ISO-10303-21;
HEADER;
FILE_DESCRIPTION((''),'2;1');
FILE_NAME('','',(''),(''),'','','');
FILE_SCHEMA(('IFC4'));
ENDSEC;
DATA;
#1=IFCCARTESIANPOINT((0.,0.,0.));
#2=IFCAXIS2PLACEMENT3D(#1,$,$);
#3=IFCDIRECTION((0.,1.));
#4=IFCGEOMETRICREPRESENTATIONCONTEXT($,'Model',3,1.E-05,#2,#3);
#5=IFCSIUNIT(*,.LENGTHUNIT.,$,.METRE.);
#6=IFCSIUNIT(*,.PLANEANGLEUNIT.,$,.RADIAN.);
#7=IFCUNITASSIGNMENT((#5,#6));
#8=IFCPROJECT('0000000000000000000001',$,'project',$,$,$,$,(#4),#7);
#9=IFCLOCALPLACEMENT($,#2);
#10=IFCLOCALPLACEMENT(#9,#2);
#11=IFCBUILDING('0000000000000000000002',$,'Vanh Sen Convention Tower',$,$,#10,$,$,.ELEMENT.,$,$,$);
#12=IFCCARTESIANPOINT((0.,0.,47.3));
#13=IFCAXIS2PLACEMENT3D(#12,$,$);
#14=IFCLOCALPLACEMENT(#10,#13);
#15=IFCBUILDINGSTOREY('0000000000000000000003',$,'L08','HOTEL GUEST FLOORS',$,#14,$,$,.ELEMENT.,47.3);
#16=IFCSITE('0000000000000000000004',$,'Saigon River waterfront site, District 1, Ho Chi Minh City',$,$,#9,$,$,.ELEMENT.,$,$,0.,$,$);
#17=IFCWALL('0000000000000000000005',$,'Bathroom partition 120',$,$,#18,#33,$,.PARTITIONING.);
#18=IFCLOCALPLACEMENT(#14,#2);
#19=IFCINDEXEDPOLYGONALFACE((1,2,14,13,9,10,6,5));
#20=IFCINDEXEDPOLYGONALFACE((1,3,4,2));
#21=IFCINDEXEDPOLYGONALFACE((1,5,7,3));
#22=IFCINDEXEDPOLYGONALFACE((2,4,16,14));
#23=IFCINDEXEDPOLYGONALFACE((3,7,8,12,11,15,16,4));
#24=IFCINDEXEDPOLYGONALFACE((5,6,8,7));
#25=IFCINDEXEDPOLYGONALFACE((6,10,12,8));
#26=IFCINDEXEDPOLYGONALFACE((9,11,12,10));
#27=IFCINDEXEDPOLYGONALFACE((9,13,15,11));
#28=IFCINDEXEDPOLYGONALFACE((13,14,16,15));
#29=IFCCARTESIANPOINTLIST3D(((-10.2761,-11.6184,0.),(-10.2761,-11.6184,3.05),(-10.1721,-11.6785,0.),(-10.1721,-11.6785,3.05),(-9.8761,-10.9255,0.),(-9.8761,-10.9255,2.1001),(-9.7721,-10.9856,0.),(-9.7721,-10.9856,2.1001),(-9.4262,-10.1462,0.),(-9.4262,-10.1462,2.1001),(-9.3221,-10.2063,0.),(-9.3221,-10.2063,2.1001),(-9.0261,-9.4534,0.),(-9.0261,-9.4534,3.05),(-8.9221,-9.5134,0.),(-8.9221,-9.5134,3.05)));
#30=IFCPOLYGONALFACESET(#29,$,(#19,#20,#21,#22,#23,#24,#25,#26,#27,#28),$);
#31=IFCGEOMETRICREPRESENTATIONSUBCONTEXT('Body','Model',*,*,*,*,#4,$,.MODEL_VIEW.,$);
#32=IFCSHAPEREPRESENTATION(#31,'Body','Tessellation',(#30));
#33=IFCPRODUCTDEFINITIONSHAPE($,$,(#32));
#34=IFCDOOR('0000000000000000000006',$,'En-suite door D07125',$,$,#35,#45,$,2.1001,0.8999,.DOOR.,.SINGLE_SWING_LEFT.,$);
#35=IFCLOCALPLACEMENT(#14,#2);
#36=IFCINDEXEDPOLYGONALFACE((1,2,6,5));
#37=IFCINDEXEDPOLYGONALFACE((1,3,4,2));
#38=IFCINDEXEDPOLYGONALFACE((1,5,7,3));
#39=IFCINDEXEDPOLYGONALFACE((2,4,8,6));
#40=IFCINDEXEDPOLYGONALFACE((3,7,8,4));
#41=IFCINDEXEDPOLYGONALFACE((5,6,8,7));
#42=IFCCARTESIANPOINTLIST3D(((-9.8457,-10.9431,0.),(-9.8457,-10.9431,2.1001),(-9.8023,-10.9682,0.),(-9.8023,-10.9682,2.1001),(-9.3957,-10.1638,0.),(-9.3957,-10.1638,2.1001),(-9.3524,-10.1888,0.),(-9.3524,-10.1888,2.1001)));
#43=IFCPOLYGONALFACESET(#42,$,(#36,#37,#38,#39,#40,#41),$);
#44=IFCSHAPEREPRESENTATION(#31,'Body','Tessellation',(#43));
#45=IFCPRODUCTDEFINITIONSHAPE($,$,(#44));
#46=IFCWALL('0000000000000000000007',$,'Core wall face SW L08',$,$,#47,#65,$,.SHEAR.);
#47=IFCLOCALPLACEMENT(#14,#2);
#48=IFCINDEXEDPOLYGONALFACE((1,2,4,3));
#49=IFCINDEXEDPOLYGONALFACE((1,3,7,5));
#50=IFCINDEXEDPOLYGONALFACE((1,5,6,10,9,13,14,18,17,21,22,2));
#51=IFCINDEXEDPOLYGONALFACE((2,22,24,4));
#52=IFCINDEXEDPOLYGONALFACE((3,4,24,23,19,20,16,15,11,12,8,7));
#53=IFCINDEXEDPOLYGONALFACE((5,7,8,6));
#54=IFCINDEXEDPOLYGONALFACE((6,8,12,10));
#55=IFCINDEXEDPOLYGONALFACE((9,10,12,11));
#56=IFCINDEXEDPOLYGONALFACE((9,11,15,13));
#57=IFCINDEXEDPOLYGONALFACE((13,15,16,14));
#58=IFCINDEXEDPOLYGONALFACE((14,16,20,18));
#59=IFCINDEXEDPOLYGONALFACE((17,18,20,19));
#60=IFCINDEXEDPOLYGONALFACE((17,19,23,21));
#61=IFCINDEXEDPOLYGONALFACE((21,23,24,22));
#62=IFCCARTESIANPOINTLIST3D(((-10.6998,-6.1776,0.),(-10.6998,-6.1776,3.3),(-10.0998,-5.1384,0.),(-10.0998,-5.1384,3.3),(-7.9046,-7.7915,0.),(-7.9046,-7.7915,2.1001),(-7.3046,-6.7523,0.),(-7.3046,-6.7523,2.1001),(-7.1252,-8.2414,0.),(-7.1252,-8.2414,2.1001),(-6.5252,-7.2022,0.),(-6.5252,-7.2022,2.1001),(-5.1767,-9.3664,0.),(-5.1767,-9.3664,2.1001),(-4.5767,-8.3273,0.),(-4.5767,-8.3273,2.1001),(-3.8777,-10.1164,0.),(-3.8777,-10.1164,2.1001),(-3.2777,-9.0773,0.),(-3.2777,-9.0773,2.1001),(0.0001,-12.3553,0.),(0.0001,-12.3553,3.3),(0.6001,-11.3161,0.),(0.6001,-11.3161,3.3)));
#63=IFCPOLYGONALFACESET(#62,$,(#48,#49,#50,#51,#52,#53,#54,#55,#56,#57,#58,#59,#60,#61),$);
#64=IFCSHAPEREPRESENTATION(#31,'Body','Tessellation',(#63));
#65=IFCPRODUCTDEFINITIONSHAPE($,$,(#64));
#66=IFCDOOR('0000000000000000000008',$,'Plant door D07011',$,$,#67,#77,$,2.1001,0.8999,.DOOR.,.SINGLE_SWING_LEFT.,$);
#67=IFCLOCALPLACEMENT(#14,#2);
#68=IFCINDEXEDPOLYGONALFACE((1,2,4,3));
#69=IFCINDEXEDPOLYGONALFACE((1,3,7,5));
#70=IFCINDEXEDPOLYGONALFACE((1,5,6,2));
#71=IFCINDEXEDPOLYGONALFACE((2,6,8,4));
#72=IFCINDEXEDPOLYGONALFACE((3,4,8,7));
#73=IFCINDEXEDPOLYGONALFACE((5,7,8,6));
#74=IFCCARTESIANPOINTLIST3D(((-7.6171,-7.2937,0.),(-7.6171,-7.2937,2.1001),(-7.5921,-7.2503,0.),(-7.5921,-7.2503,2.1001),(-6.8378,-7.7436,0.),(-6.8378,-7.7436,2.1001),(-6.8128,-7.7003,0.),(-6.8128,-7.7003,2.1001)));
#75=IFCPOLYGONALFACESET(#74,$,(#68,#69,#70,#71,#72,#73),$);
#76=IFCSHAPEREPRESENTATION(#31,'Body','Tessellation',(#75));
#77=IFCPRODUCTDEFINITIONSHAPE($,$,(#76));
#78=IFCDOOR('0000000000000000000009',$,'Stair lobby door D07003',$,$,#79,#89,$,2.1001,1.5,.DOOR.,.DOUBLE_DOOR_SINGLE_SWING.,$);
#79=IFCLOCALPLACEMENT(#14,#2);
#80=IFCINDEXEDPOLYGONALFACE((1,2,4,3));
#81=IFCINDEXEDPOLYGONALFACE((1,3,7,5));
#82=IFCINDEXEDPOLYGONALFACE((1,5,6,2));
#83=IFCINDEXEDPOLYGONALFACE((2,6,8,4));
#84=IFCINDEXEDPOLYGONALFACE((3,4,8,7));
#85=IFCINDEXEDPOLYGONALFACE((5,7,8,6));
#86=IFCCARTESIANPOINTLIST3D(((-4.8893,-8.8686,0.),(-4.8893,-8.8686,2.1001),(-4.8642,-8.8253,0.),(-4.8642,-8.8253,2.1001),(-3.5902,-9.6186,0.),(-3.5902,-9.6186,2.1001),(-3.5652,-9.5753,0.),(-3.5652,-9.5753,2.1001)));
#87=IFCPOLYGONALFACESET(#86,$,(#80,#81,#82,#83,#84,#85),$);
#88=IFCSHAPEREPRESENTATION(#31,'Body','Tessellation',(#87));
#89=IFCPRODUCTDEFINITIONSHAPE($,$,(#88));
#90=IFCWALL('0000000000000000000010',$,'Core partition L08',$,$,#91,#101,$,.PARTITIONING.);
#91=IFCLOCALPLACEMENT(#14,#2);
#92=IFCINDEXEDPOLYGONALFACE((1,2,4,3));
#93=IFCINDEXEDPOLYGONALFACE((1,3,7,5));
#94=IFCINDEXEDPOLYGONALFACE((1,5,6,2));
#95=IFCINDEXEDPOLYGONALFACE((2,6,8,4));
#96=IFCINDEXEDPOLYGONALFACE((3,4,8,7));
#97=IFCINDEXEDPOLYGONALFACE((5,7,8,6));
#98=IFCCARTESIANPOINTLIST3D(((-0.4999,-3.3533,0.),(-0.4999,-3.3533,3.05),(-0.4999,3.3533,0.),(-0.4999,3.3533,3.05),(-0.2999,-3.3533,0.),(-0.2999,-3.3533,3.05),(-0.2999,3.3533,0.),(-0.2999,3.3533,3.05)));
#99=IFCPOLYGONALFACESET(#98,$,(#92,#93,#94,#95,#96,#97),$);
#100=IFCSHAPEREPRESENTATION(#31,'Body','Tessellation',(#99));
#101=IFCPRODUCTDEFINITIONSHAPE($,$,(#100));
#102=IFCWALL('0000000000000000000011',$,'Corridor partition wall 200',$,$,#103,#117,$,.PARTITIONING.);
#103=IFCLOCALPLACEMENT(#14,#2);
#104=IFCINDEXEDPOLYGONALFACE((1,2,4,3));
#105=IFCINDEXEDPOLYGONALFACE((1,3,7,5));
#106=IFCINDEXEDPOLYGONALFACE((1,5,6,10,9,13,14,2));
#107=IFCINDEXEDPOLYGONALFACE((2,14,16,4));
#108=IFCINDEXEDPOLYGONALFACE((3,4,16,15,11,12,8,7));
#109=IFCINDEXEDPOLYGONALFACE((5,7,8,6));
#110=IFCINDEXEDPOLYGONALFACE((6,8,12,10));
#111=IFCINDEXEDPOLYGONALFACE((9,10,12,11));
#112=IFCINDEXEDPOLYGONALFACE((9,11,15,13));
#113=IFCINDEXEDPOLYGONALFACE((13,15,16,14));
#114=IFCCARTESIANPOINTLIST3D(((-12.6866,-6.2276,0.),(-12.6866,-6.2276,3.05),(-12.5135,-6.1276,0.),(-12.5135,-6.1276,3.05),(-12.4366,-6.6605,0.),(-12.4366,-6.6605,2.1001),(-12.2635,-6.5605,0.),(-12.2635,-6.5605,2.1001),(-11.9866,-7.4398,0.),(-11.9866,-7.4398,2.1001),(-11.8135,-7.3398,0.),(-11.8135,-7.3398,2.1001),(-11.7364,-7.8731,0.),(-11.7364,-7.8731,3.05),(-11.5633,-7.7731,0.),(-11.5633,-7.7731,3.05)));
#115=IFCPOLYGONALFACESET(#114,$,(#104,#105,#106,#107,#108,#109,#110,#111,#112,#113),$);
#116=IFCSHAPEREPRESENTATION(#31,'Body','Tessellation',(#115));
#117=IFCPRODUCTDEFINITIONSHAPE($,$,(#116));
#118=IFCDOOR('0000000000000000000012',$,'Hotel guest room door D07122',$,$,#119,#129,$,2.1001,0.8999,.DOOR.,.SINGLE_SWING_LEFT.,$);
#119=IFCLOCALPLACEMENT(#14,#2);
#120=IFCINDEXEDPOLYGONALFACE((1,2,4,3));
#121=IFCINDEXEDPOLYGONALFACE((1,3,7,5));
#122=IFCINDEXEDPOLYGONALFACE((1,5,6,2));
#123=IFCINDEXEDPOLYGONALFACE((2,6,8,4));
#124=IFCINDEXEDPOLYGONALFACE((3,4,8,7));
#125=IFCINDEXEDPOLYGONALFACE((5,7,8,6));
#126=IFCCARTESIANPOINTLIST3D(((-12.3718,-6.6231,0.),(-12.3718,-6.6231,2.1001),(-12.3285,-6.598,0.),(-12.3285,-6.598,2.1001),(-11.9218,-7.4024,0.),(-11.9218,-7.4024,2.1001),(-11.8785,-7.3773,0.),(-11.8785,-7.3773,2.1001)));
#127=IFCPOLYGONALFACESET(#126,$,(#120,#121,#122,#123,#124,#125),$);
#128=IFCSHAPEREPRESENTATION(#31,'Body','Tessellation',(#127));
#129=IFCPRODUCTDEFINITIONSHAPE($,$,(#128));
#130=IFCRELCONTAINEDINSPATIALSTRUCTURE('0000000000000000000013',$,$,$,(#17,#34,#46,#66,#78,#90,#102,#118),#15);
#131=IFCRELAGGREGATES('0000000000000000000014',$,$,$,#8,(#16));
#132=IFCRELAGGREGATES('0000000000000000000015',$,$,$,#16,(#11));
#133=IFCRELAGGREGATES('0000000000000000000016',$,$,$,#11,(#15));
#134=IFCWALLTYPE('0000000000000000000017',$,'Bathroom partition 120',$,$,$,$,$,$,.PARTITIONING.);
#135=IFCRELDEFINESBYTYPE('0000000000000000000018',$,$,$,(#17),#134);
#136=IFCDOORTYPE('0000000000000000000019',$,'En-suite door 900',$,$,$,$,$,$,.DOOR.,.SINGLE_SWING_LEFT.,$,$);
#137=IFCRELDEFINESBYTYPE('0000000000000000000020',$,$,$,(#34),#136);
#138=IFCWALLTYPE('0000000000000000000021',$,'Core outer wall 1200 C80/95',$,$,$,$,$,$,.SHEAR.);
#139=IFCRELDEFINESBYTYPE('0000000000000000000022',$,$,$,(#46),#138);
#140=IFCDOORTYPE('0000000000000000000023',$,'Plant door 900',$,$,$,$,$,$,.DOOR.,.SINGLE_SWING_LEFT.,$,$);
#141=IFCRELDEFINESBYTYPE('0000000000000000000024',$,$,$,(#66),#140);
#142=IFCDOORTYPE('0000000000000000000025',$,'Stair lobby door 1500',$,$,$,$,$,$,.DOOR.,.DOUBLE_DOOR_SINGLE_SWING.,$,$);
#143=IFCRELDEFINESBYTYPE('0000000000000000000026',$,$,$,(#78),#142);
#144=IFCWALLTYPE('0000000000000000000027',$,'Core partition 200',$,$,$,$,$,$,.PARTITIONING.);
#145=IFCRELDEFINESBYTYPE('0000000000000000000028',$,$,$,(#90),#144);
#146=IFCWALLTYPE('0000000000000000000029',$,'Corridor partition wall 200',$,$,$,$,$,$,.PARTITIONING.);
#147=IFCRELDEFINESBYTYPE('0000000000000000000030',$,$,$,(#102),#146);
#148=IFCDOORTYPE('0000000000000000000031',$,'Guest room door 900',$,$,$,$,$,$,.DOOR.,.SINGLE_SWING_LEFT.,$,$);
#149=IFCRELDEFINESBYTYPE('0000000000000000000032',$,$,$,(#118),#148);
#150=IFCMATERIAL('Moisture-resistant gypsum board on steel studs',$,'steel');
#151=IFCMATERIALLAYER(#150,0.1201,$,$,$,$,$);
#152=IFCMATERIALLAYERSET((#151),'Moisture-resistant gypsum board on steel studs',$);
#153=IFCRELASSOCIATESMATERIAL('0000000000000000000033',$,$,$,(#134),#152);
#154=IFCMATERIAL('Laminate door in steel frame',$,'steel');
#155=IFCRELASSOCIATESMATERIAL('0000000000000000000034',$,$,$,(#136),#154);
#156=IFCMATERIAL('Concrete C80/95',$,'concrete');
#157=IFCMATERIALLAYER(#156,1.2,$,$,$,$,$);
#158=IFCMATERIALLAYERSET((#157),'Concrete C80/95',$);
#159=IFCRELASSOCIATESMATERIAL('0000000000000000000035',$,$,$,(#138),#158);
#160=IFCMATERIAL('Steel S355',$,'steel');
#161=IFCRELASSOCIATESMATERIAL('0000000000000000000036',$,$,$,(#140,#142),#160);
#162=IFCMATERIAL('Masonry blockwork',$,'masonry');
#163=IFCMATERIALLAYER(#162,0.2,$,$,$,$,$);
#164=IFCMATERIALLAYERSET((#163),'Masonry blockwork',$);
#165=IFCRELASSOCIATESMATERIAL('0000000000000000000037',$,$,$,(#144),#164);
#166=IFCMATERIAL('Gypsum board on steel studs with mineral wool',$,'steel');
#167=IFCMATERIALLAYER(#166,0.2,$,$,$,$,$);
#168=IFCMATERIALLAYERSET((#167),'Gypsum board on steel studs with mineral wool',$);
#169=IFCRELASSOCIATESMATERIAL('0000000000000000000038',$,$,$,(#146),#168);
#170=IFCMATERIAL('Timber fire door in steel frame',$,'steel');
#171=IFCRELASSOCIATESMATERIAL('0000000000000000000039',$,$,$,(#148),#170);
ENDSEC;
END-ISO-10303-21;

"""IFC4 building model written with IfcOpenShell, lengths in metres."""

from ifc_helpers import new_model, si_unit, direction, frame, frame_2d, origin, place, context, subcontext, project, spatial, rectangle, extrude, material, layer, layer_set, type_object, element, fill, save


model = new_model("IFC4")

# Units and contexts
model_context = context("Model", 3, precision=1e-05, world=origin(), true_north=direction((0.0, 1.0)))
body_context = subcontext(model_context, "Body", "Model", "MODEL_VIEW")
ifc_project = project(units=[si_unit("LENGTHUNIT", "METRE"), si_unit("PLANEANGLEUNIT", "RADIAN")], contexts=[model_context])

# Site, building, storey
site_placement = place(None, origin())
site = spatial("IfcSite", under=ifc_project, at=site_placement, Name="Saigon River waterfront site, District 1, Ho Chi Minh City", CompositionType="ELEMENT", RefElevation=0.0)
building_placement = place(site_placement, origin())
building = spatial("IfcBuilding", under=site, at=building_placement, Name="Vanh Sen Convention Tower", CompositionType="ELEMENT")
storey_placement = place(building_placement, frame((0.0, 0.0, 47.3)))
storey = spatial("IfcBuildingStorey", under=building, at=storey_placement, Name="L08", Description="HOTEL GUEST FLOORS", CompositionType="ELEMENT", Elevation=47.3)

# Shared definitions
ifc_material_1 = material(Name="Moisture-resistant gypsum board on steel studs", Category="steel")
ifc_layer_1 = layer(ifc_material_1, 0.1201)
ifc_layer_set_1 = layer_set([ifc_layer_1], Name="Moisture-resistant gypsum board on steel studs")
wall_type_1 = type_object("IfcWallType", Name="Bathroom partition 120", PredefinedType="PARTITIONING", material=ifc_layer_set_1)

# Wall, opening, door
wall_1_placement = place(storey_placement, frame((-10.2241, -11.6484, 0.0), z_axis=(0.0, 0.0, 1.0), x_axis=(0.500004, 0.866023, 0.0)))
wall_1 = element("IfcWall", 1, at=wall_1_placement, inside=storey, type_object=wall_type_1, Name="Bathroom partition 120", PredefinedType="PARTITIONING", context=body_context, shape_type="SweptSolid", body=[
    extrude(rectangle(XDim=2.5, YDim=0.1201, at=frame_2d((1.25, 0.0))), origin(), (0.0, 0.0, 1.0), 3.05),
])
opening_1_placement = place(wall_1_placement, frame((0.8, 0.0, 0.0)))
opening_1 = element("IfcOpeningElement", 2, at=opening_1_placement, cuts=wall_1, PredefinedType="OPENING", context=body_context, shape_type="SweptSolid", body=[
    extrude(rectangle(XDim=0.8999, YDim=2.1001, at=frame_2d((0.45, 1.05))), frame((0.0, 0.0701, 0.0), z_axis=(0.0, -1.0, 0.0), x_axis=(1.0, 0.0, 0.0)), (0.0, 0.0, 1.0), 0.1401),
])
ifc_material_2 = material(Name="Laminate door in steel frame", Category="steel")
door_type_1 = type_object("IfcDoorType", Name="En-suite door 900", OperationType="SINGLE_SWING_LEFT", PredefinedType="DOOR", material=ifc_material_2)
door_1_placement = place(opening_1_placement, origin())
door_1 = element("IfcDoor", 3, at=door_1_placement, inside=storey, type_object=door_type_1, Name="En-suite door D07125", OperationType="SINGLE_SWING_LEFT", OverallHeight=2.1001, OverallWidth=0.8999, PredefinedType="DOOR", context=body_context, shape_type="SweptSolid", body=[
    extrude(rectangle(XDim=0.8999, YDim=2.1001, at=frame_2d((0.45, 1.05))), frame((0.0, 0.0249, 0.0), z_axis=(0.0, -1.0, 0.0), x_axis=(1.0, 0.0, 0.0)), (0.0, 0.0, 1.0), 0.05),
])
fill(opening_1, door_1)

# Wall, openings, doors
ifc_material_3 = material(Name="Concrete C80/95", Category="concrete")
ifc_layer_2 = layer(ifc_material_3, 1.2)
ifc_layer_set_2 = layer_set([ifc_layer_2], Name="Concrete C80/95")
wall_type_2 = type_object("IfcWallType", Name="Core outer wall 1200 C80/95", PredefinedType="SHEAR", material=ifc_layer_set_2)
wall_2_placement = place(storey_placement, frame((-10.3999, -5.658, 0.0), z_axis=(0.0, 0.0, 1.0), x_axis=(0.866021, -0.500007, 0.0)))
wall_2 = element("IfcWall", 4, at=wall_2_placement, inside=storey, type_object=wall_type_2, Name="Core wall face SW L08", PredefinedType="SHEAR", context=body_context, shape_type="SweptSolid", body=[
    extrude(rectangle(XDim=12.3552, YDim=1.2, at=frame_2d((6.1777, 0.0))), origin(), (0.0, 0.0, 1.0), 3.3),
])
opening_2_placement = place(wall_2_placement, frame((6.3777, 0.0, 0.0)))
opening_2 = element("IfcOpeningElement", 5, at=opening_2_placement, cuts=wall_2, PredefinedType="OPENING", context=body_context, shape_type="SweptSolid", body=[
    extrude(rectangle(XDim=1.5, YDim=2.1001, at=frame_2d((0.75, 1.05))), frame((0.0, 0.6099, 0.0), z_axis=(0.0, -1.0, 0.0), x_axis=(1.0, 0.0, 0.0)), (0.0, 0.0, 1.0), 1.22),
])
opening_3_placement = place(wall_2_placement, frame((3.2278, 0.0, 0.0)))
opening_3 = element("IfcOpeningElement", 6, at=opening_3_placement, cuts=wall_2, PredefinedType="OPENING", context=body_context, shape_type="SweptSolid", body=[
    extrude(rectangle(XDim=0.8999, YDim=2.1001, at=frame_2d((0.45, 1.05))), frame((0.0, 0.6099, 0.0), z_axis=(0.0, -1.0, 0.0), x_axis=(1.0, 0.0, 0.0)), (0.0, 0.0, 1.0), 1.22),
])
ifc_material_4 = material(Name="Steel S355", Category="steel")
door_type_2 = type_object("IfcDoorType", Name="Plant door 900", OperationType="SINGLE_SWING_LEFT", PredefinedType="DOOR", material=ifc_material_4)
door_2_placement = place(opening_3_placement, origin())
door_2 = element("IfcDoor", 7, at=door_2_placement, inside=storey, type_object=door_type_2, Name="Plant door D07011", OperationType="SINGLE_SWING_LEFT", OverallHeight=2.1001, OverallWidth=0.8999, PredefinedType="DOOR", context=body_context, shape_type="SweptSolid", body=[
    extrude(rectangle(XDim=0.8999, YDim=2.1001, at=frame_2d((0.45, 1.05))), frame((0.0, 0.0249, 0.0), z_axis=(0.0, -1.0, 0.0), x_axis=(1.0, 0.0, 0.0)), (0.0, 0.0, 1.0), 0.05),
])
fill(opening_3, door_2)
door_type_3 = type_object("IfcDoorType", Name="Stair lobby door 1500", OperationType="DOUBLE_DOOR_SINGLE_SWING", PredefinedType="DOOR", material=ifc_material_4)
door_3_placement = place(opening_2_placement, origin())
door_3 = element("IfcDoor", 8, at=door_3_placement, inside=storey, type_object=door_type_3, Name="Stair lobby door D07003", OperationType="DOUBLE_DOOR_SINGLE_SWING", OverallHeight=2.1001, OverallWidth=1.5, PredefinedType="DOOR", context=body_context, shape_type="SweptSolid", body=[
    extrude(rectangle(XDim=1.5, YDim=2.1001, at=frame_2d((0.75, 1.05))), frame((0.0, 0.0249, 0.0), z_axis=(0.0, -1.0, 0.0), x_axis=(1.0, 0.0, 0.0)), (0.0, 0.0, 1.0), 0.05),
])
fill(opening_2, door_3)

# Wall
ifc_material_5 = material(Name="Masonry blockwork", Category="masonry")
ifc_layer_3 = layer(ifc_material_5, 0.2)
ifc_layer_set_3 = layer_set([ifc_layer_3], Name="Masonry blockwork")
wall_type_3 = type_object("IfcWallType", Name="Core partition 200", PredefinedType="PARTITIONING", material=ifc_layer_set_3)
wall_3_placement = place(storey_placement, frame((-0.3999, -3.3533, 0.0), z_axis=(0.0, 0.0, 1.0), x_axis=(0.0, 1.0, 0.0)))
element("IfcWall", 9, at=wall_3_placement, inside=storey, type_object=wall_type_3, Name="Core partition L08", PredefinedType="PARTITIONING", context=body_context, shape_type="SweptSolid", body=[
    extrude(rectangle(XDim=6.7065, YDim=0.2, at=frame_2d((3.3533, 0.0))), origin(), (0.0, 0.0, 1.0), 3.05),
])

# Wall, opening, door
ifc_material_6 = material(Name="Gypsum board on steel studs with mineral wool", Category="steel")
ifc_layer_4 = layer(ifc_material_6, 0.2)
ifc_layer_set_4 = layer_set([ifc_layer_4], Name="Gypsum board on steel studs with mineral wool")
wall_type_4 = type_object("IfcWallType", Name="Corridor partition wall 200", PredefinedType="PARTITIONING", material=ifc_layer_set_4)
wall_4_placement = place(storey_placement, frame((-12.6001, -6.1775, 0.0), z_axis=(0.0, 0.0, 1.0), x_axis=(0.500064, -0.865989, 0.0)))
wall_4 = element("IfcWall", 10, at=wall_4_placement, inside=storey, type_object=wall_type_4, Name="Corridor partition wall 200", PredefinedType="PARTITIONING", context=body_context, shape_type="SweptSolid", body=[
    extrude(rectangle(XDim=1.9001, YDim=0.2, at=frame_2d((0.9502, 0.0))), origin(), (0.0, 0.0, 1.0), 3.05),
])
opening_4_placement = place(wall_4_placement, frame((0.5, 0.0, 0.0)))
opening_4 = element("IfcOpeningElement", 11, at=opening_4_placement, cuts=wall_4, PredefinedType="OPENING", context=body_context, shape_type="SweptSolid", body=[
    extrude(rectangle(XDim=0.8999, YDim=2.1001, at=frame_2d((0.45, 1.05))), frame((0.0, 0.1099, 0.0), z_axis=(0.0, -1.0, 0.0), x_axis=(1.0, 0.0, 0.0)), (0.0, 0.0, 1.0), 0.22),
])
ifc_material_7 = material(Name="Timber fire door in steel frame", Category="steel")
door_type_4 = type_object("IfcDoorType", Name="Guest room door 900", OperationType="SINGLE_SWING_LEFT", PredefinedType="DOOR", material=ifc_material_7)
door_4_placement = place(opening_4_placement, origin())
door_4 = element("IfcDoor", 12, at=door_4_placement, inside=storey, type_object=door_type_4, Name="Hotel guest room door D07122", OperationType="SINGLE_SWING_LEFT", OverallHeight=2.1001, OverallWidth=0.8999, PredefinedType="DOOR", context=body_context, shape_type="SweptSolid", body=[
    extrude(rectangle(XDim=0.8999, YDim=2.1001, at=frame_2d((0.45, 1.05))), frame((0.0, 0.0249, 0.0), z_axis=(0.0, -1.0, 0.0), x_axis=(1.0, 0.0, 0.0)), (0.0, 0.0, 1.0), 0.05),
])
fill(opening_4, door_4)

save(model, "model.ifc")
